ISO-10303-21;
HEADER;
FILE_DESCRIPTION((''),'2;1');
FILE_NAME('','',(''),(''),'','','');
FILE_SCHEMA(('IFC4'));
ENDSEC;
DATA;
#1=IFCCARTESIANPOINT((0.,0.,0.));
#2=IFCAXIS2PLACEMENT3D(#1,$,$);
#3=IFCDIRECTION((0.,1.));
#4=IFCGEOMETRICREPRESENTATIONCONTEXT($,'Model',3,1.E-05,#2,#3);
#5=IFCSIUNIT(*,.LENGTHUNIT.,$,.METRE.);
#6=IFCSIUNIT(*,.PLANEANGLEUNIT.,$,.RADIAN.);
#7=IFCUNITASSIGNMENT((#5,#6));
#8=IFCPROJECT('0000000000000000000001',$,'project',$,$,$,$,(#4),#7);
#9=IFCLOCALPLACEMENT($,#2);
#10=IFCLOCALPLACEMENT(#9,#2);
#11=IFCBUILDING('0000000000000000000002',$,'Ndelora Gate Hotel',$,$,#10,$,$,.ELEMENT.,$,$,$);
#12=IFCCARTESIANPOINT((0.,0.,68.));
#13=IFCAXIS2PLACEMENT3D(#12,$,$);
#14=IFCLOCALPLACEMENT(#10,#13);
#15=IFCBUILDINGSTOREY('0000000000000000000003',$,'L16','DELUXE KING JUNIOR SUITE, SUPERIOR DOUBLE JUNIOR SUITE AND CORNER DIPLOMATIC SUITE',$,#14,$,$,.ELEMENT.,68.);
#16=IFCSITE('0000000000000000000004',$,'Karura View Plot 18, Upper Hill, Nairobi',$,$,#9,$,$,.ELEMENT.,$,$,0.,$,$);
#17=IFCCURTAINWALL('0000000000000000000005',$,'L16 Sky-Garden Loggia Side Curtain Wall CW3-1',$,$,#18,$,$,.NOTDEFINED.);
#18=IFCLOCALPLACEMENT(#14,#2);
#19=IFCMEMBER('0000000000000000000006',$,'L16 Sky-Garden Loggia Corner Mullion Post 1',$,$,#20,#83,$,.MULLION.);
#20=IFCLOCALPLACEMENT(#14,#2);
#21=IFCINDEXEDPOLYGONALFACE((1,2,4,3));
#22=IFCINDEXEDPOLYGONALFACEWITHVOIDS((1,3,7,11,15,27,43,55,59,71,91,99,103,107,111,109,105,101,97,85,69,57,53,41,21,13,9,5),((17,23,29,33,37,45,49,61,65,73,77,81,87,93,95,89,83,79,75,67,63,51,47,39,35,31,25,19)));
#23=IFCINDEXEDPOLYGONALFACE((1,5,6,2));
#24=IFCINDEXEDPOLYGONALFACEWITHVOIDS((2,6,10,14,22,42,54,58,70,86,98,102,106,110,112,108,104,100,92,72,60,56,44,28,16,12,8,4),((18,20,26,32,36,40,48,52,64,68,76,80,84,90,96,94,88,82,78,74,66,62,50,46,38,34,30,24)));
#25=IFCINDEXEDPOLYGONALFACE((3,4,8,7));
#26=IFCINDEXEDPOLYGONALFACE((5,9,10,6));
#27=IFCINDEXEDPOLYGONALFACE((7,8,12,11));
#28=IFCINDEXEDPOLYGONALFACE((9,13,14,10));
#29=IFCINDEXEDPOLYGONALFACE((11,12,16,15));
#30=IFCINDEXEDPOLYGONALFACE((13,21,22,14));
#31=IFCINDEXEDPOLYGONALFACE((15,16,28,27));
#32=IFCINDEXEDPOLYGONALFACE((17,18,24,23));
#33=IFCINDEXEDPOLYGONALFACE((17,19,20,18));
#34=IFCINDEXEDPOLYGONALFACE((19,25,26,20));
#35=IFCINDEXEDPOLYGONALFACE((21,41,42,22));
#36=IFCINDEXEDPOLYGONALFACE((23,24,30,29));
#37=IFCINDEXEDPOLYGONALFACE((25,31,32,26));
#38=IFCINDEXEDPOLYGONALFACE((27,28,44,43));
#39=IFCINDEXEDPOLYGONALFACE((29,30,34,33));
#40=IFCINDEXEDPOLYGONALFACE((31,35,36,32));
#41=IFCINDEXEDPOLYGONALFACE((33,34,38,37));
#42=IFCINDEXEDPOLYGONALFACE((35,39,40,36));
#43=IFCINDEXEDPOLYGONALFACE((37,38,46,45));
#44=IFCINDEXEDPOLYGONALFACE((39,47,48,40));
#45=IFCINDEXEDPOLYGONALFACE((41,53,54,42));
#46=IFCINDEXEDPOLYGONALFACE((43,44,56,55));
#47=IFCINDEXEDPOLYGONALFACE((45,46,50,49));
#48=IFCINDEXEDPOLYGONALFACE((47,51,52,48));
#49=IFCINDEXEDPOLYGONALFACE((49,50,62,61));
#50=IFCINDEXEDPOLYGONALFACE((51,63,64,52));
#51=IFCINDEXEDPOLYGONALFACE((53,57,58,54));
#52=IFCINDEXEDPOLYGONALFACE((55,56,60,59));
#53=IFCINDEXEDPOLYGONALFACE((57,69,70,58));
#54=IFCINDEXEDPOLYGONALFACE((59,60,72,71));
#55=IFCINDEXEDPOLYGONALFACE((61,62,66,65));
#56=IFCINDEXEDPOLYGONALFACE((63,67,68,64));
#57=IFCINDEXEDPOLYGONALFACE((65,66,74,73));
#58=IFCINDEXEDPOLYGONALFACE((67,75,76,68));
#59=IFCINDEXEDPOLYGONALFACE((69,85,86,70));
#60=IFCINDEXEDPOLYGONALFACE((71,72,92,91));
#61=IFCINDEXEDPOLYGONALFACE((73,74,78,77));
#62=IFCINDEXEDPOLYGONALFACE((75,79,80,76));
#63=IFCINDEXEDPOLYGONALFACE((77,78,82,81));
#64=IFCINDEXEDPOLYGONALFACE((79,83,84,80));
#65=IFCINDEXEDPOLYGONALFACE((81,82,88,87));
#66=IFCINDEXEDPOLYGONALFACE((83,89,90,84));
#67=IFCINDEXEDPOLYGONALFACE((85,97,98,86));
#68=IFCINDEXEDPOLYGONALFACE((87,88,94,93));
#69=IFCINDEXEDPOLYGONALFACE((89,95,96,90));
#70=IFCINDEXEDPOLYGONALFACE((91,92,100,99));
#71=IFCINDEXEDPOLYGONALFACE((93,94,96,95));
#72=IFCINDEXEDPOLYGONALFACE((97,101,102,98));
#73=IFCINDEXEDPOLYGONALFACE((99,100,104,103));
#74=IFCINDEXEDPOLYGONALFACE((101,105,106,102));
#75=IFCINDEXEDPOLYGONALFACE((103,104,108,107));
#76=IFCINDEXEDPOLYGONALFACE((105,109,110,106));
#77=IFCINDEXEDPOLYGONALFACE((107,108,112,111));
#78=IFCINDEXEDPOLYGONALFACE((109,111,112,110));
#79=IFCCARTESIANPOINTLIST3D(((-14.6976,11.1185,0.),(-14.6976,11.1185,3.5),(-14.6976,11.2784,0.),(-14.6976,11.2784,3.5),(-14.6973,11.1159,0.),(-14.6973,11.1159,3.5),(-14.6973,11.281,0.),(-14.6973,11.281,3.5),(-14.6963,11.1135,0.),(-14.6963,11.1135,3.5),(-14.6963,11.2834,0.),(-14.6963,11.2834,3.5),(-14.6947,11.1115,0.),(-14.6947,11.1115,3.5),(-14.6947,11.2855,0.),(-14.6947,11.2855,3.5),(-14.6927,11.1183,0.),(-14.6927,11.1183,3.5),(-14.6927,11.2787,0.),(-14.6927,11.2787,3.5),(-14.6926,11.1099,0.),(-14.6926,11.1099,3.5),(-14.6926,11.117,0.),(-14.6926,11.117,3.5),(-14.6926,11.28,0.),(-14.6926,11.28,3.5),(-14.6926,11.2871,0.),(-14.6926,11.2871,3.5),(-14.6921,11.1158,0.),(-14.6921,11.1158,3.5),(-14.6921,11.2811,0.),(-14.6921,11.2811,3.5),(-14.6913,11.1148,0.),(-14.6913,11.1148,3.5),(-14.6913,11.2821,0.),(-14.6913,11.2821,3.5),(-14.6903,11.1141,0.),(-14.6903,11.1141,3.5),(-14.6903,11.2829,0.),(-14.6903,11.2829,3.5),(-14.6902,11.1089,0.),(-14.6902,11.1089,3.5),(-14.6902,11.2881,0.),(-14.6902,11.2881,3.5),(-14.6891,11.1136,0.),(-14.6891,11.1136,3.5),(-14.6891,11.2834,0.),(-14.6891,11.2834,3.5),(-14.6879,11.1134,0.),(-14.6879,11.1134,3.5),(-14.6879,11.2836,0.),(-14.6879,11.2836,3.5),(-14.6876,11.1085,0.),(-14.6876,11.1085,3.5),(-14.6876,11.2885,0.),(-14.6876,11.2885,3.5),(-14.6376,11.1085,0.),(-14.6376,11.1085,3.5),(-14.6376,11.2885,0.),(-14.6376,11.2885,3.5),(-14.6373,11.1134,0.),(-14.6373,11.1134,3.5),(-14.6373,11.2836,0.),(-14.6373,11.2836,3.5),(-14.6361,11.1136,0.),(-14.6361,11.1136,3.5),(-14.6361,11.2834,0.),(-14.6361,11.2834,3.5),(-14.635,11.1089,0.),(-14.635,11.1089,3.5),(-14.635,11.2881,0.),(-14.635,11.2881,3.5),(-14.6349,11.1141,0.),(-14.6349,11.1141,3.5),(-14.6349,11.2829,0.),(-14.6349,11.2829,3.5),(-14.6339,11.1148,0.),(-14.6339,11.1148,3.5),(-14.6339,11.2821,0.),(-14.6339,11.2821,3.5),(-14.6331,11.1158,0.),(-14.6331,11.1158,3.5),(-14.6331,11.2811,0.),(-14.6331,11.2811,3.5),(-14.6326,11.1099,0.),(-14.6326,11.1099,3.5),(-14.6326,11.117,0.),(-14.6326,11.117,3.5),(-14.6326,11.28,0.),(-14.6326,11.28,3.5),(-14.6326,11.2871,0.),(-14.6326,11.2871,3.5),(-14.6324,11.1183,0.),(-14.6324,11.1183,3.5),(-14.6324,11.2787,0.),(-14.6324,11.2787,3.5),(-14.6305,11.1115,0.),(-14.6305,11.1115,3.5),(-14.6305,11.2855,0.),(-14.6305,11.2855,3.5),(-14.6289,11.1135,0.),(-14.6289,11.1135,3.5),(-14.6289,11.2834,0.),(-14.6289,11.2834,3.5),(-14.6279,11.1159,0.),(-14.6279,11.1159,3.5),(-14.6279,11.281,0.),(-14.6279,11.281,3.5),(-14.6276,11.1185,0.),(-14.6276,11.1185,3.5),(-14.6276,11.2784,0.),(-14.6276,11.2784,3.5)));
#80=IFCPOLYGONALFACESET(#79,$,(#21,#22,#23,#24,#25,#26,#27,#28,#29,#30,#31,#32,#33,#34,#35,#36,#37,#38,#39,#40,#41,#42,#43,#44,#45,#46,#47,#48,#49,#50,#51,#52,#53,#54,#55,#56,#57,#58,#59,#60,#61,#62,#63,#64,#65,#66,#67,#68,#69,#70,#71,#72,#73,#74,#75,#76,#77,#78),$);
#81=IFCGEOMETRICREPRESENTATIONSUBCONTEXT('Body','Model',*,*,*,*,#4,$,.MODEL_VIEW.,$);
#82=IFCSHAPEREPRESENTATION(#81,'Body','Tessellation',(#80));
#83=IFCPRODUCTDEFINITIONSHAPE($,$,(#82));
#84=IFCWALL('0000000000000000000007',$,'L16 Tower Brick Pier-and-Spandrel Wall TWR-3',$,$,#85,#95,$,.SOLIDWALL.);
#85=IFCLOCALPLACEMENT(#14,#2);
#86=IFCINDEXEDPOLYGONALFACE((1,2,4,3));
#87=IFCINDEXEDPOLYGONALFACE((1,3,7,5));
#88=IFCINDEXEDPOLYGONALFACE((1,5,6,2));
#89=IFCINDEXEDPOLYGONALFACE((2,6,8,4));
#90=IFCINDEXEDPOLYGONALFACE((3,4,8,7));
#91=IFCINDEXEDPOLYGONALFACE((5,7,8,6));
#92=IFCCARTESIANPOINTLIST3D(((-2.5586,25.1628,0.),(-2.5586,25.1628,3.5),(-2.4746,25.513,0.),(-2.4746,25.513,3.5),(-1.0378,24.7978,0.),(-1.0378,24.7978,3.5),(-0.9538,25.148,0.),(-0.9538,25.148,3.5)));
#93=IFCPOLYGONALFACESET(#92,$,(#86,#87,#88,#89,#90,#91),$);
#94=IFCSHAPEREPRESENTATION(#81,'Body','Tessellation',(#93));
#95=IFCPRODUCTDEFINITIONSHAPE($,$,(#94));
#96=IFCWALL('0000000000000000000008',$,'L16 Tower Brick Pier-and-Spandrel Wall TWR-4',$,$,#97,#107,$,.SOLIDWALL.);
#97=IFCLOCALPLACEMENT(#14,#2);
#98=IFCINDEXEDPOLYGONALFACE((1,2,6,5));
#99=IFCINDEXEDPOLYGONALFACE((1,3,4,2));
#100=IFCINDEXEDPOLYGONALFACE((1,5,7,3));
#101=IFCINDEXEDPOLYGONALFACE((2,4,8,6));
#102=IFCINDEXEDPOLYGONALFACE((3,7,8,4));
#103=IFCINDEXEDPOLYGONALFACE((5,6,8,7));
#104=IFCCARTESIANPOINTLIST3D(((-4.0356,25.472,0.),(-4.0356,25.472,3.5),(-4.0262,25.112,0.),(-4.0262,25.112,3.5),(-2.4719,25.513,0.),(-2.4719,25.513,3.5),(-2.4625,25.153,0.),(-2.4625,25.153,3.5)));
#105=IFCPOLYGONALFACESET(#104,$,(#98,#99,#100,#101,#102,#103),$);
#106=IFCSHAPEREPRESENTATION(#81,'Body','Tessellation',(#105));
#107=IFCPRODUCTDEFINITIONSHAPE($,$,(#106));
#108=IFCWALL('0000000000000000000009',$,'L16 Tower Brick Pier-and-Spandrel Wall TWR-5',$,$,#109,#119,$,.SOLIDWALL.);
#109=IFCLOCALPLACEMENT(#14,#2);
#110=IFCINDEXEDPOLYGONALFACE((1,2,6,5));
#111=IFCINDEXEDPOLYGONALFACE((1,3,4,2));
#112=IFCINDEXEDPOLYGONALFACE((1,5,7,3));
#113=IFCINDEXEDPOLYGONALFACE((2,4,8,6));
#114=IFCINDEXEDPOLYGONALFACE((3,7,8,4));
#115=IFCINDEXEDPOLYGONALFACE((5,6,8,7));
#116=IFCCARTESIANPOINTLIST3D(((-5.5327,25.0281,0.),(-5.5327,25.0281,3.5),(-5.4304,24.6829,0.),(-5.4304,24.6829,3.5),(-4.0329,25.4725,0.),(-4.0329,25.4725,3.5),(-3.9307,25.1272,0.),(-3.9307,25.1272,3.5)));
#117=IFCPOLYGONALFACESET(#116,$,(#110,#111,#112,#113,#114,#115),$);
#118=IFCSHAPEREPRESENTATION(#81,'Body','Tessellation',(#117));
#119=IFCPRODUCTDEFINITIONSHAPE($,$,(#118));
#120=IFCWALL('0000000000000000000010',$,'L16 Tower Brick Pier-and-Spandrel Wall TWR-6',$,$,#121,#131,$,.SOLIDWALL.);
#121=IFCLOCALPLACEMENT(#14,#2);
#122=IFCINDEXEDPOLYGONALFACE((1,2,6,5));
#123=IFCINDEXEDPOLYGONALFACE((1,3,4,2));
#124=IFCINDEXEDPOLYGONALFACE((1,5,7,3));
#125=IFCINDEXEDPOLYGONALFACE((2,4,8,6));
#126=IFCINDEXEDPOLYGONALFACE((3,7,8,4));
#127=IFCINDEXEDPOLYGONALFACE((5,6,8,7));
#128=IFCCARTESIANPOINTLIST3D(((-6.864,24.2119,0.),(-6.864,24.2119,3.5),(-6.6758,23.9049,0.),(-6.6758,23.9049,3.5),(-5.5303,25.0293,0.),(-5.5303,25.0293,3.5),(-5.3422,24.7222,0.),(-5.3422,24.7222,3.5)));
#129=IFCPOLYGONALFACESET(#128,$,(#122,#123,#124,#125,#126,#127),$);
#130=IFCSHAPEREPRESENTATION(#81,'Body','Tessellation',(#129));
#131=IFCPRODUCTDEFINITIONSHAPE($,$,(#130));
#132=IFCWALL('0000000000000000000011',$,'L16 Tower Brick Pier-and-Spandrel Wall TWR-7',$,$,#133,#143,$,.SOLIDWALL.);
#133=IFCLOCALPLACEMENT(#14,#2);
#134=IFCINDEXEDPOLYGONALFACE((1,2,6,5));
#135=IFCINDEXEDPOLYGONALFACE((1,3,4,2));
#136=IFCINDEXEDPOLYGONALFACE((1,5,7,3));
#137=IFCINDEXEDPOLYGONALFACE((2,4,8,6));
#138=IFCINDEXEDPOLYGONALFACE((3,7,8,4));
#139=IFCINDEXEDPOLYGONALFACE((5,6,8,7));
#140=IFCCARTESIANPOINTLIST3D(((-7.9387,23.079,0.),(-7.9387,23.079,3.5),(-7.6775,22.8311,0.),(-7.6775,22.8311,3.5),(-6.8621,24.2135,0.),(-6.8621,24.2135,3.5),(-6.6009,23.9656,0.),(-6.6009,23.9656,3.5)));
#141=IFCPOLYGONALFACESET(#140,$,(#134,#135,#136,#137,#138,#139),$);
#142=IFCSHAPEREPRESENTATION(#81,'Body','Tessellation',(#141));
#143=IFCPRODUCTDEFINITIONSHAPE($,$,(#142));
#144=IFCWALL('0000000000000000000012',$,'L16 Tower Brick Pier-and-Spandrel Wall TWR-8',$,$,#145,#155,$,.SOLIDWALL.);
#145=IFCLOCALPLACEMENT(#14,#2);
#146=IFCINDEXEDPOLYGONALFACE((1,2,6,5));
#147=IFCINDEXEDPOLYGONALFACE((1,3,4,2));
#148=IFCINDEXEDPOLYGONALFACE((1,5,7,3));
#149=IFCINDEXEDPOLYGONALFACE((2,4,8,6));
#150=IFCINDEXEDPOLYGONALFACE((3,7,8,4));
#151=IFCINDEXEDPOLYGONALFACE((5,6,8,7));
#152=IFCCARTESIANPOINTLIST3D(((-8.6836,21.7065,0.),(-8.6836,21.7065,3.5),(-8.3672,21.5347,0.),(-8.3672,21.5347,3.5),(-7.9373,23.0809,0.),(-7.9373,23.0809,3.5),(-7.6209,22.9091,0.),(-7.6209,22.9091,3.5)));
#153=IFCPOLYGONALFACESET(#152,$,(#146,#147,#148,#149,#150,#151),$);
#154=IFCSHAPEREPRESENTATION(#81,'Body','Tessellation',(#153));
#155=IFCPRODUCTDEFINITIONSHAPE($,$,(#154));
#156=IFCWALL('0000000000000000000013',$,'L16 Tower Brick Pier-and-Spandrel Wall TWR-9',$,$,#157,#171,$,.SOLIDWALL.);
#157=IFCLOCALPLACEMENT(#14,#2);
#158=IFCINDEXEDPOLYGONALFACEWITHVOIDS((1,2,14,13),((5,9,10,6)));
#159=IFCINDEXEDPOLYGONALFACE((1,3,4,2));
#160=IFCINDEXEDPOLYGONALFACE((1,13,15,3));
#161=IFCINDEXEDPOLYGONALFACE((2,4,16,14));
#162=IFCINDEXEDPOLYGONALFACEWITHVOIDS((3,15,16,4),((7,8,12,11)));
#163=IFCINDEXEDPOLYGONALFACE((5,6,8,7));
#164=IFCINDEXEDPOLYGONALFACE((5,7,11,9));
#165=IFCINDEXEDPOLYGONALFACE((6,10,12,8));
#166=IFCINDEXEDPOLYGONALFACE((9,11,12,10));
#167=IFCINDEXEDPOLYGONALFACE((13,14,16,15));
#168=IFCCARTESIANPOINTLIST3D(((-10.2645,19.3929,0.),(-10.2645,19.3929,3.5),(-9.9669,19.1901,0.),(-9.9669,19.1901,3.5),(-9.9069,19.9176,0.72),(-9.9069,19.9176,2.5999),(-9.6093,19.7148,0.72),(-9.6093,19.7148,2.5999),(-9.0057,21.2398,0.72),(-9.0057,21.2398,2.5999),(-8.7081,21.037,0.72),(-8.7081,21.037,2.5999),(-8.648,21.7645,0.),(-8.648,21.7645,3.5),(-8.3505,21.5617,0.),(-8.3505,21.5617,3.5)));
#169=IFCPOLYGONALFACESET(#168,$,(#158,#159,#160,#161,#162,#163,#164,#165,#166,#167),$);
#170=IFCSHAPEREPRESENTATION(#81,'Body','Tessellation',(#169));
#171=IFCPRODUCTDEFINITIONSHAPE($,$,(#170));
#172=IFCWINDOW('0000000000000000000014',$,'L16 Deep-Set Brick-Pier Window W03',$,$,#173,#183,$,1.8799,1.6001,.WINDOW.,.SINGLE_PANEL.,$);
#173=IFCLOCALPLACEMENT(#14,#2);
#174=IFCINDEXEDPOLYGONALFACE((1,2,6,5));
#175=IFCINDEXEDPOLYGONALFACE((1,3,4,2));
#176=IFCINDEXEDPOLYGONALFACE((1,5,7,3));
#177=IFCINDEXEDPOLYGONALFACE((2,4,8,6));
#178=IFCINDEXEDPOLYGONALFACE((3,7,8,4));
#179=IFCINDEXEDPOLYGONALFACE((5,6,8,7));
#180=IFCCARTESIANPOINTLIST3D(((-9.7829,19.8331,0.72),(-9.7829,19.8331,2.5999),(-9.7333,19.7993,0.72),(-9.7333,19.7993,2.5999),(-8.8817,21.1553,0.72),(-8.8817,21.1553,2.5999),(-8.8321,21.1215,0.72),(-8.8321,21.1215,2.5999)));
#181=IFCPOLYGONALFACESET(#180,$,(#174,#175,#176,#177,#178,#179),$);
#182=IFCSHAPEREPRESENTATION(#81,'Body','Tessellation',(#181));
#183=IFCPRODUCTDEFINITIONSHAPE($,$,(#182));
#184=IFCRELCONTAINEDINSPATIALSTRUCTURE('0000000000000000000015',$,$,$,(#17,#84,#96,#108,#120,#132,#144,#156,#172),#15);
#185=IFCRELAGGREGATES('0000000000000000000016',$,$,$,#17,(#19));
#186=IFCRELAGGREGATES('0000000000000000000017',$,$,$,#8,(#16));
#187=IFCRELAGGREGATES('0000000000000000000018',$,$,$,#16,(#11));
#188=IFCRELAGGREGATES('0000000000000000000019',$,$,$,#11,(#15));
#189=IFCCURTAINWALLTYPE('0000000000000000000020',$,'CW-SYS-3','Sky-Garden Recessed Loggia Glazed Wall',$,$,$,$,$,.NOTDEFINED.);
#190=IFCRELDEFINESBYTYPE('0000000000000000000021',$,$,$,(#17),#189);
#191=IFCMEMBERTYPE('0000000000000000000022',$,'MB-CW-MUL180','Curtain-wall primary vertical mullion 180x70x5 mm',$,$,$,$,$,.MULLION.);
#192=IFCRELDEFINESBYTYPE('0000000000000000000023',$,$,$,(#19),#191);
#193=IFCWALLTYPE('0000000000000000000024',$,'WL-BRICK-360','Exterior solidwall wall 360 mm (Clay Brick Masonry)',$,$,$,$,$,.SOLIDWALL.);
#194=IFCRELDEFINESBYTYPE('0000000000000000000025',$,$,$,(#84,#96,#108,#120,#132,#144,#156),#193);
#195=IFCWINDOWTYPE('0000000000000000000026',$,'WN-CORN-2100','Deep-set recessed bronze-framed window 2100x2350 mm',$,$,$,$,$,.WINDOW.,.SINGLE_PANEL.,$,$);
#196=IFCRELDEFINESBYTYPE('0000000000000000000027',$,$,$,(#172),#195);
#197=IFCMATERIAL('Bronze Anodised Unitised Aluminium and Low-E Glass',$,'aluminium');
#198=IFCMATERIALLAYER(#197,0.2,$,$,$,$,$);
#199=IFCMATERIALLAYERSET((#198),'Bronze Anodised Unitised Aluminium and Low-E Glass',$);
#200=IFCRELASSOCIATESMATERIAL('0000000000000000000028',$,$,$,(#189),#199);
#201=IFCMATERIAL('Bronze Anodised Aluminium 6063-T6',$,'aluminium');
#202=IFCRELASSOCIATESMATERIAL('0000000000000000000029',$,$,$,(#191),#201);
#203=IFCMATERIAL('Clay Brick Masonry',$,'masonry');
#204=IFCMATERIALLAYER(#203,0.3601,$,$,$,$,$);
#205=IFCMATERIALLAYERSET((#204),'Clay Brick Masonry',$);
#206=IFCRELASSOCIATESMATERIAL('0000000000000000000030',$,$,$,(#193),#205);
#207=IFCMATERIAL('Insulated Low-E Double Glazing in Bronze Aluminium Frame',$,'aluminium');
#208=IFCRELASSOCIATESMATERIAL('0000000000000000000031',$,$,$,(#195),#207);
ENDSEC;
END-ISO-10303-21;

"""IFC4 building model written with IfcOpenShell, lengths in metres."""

from ifc_helpers import new_model, si_unit, direction, frame, frame_2d, origin, origin_2d, place, context, subcontext, project, spatial, rectangle, hollow_rectangle, extrude, material, layer, layer_set, material_profile, profile_set, type_object, element, fill, aggregate, save


model = new_model("IFC4")

# Units and contexts
model_context = context("Model", 3, precision=1e-05, world=origin(), true_north=direction((0.0, 1.0)))
body_context = subcontext(model_context, "Body", "Model", "MODEL_VIEW")
ifc_project = project(units=[si_unit("LENGTHUNIT", "METRE"), si_unit("PLANEANGLEUNIT", "RADIAN")], contexts=[model_context])

# Site, building, storey
site_placement = place(None, origin())
site = spatial("IfcSite", under=ifc_project, at=site_placement, Name="Karura View Plot 18, Upper Hill, Nairobi", CompositionType="ELEMENT", RefElevation=0.0)
building_placement = place(site_placement, origin())
building = spatial("IfcBuilding", under=site, at=building_placement, Name="Ndelora Gate Hotel", CompositionType="ELEMENT")
storey_placement = place(building_placement, frame((0.0, 0.0, 68.0)))
storey = spatial("IfcBuildingStorey", under=building, at=storey_placement, Name="L16", Description="DELUXE KING JUNIOR SUITE, SUPERIOR DOUBLE JUNIOR SUITE AND CORNER DIPLOMATIC SUITE", CompositionType="ELEMENT", Elevation=68.0)

# Curtain wall, member
ifc_material_1 = material(Name="Bronze Anodised Unitised Aluminium and Low-E Glass", Category="aluminium")
ifc_layer_1 = layer(ifc_material_1, 0.2)
ifc_layer_set_1 = layer_set([ifc_layer_1], Name="Bronze Anodised Unitised Aluminium and Low-E Glass")
curtain_wall_type = type_object("IfcCurtainWallType", Name="CW-SYS-3", Description="Sky-Garden Recessed Loggia Glazed Wall", PredefinedType="NOTDEFINED", material=ifc_layer_set_1)
curtain_wall_placement = place(storey_placement, origin())
curtain_wall = element("IfcCurtainWall", 1, at=curtain_wall_placement, inside=storey, type_object=curtain_wall_type, Name="L16 Sky-Garden Loggia Side Curtain Wall CW3-1", PredefinedType="NOTDEFINED")
ifc_material_2 = material(Name="Bronze Anodised Aluminium 6063-T6", Category="aluminium")
ifc_material_profile_1 = material_profile(ifc_material_2, hollow_rectangle(XDim=0.0701, YDim=0.1799, WallThickness=0.0049, InnerFilletRadius=0.0049, OuterFilletRadius=0.01, at=origin_2d()), Name="ALU 180x70x5")
ifc_profile_set_1 = profile_set([ifc_material_profile_1], Name="Bronze Anodised Aluminium 6063-T6")
member_type_1 = type_object("IfcMemberType", Name="MB-CW-MUL180", Description="Curtain-wall primary vertical mullion 180x70x5 mm", PredefinedType="MULLION", material=ifc_profile_set_1)
member_1_placement = place(storey_placement, frame((-14.6626, 11.1985, 0.0), z_axis=(0.0, 0.0, 1.0), x_axis=(1.0, 0.0, 0.0)))
member_1 = element("IfcMember", 2, at=member_1_placement, type_object=member_type_1, Name="L16 Sky-Garden Loggia Corner Mullion Post 1", PredefinedType="MULLION", context=body_context, shape_type="SweptSolid", body=[
    extrude(hollow_rectangle(XDim=0.0701, YDim=0.1799, WallThickness=0.0049, InnerFilletRadius=0.0049, OuterFilletRadius=0.01, at=origin_2d()), origin(), (0.0, 0.0, 1.0), 3.5),
])
aggregate(curtain_wall, [member_1])

# Walls
ifc_material_3 = material(Name="Clay Brick Masonry", Category="masonry")
ifc_layer_2 = layer(ifc_material_3, 0.3601)
ifc_layer_set_2 = layer_set([ifc_layer_2], Name="Clay Brick Masonry")
wall_type_1 = type_object("IfcWallType", Name="WL-BRICK-360", Description="Exterior solidwall wall 360 mm (Clay Brick Masonry)", PredefinedType="SOLIDWALL", material=ifc_layer_set_2)
wall_1_placement = place(storey_placement, frame((-2.5166, 25.3379, 0.0), z_axis=(0.0, 0.0, 1.0), x_axis=(0.972386, -0.233379, 0.0)))
element("IfcWall", 3, at=wall_1_placement, inside=storey, type_object=wall_type_1, Name="L16 Tower Brick Pier-and-Spandrel Wall TWR-3", PredefinedType="SOLIDWALL", context=body_context, shape_type="SweptSolid", body=[
    extrude(rectangle(XDim=1.564, YDim=0.3601, at=frame_2d((0.782, 0.0))), origin(), (0.0, 0.0, 1.0), 3.5),
])
for number, where, z_axis, x_axis, name in (
    (4, (-4.031, 25.292, 0.0), (0.0, 0.0, 1.0), (0.999656, 0.02622, 0.0), "L16 Tower Brick Pier-and-Spandrel Wall TWR-4"),
    (5, (-5.4817, 24.8555, 0.0), (0.0, 0.0, 1.0), (0.958804, 0.284067, 0.0), "L16 Tower Brick Pier-and-Spandrel Wall TWR-5"),
    (6, (-6.77, 24.0583, 0.0), (0.0, 0.0, 1.0), (0.852621, 0.522529, 0.0), "L16 Tower Brick Pier-and-Spandrel Wall TWR-6"),
):
    element("IfcWall", number, at=place(storey_placement, frame(where, z_axis=z_axis, x_axis=x_axis)), inside=storey, type_object=wall_type_1, Name=name, PredefinedType="SOLIDWALL", context=body_context, shape_type="SweptSolid", body=[
        extrude(rectangle(XDim=1.5642, YDim=0.3601, at=frame_2d((0.7822, 0.0))), origin(), (0.0, 0.0, 1.0), 3.5),
    ])
for number, where, z_axis, x_axis, name in (
    (7, (-7.8081, 22.9551, 0.0), (0.0, 0.0, 1.0), (0.688368, 0.725362, 0.0), "L16 Tower Brick Pier-and-Spandrel Wall TWR-7"),
    (8, (-8.5254, 21.6206, 0.0), (0.0, 0.0, 1.0), (0.477178, 0.878807, 0.0), "L16 Tower Brick Pier-and-Spandrel Wall TWR-8"),
):
    element("IfcWall", number, at=place(storey_placement, frame(where, z_axis=z_axis, x_axis=x_axis)), inside=storey, type_object=wall_type_1, Name=name, PredefinedType="SOLIDWALL", context=body_context, shape_type="SweptSolid", body=[
        extrude(rectangle(XDim=1.564, YDim=0.3601, at=frame_2d((0.782, 0.0))), origin(), (0.0, 0.0, 1.0), 3.5),
    ])

# Wall, opening, window
wall_2_placement = place(storey_placement, frame((-10.1157, 19.2915, 0.0), z_axis=(0.0, 0.0, 1.0), x_axis=(0.56321, 0.826314, 0.0)))
wall_2 = element("IfcWall", 9, at=wall_2_placement, inside=storey, type_object=wall_type_1, Name="L16 Tower Brick Pier-and-Spandrel Wall TWR-9", PredefinedType="SOLIDWALL", context=body_context, shape_type="SweptSolid", body=[
    extrude(rectangle(XDim=2.8701, YDim=0.3601, at=frame_2d((1.4351, 0.0))), origin(), (0.0, 0.0, 1.0), 3.5),
])
opening_1_placement = place(wall_2_placement, frame((0.635, 0.0, 0.72)))
opening_1 = element("IfcOpeningElement", 10, at=opening_1_placement, cuts=wall_2, PredefinedType="OPENING", context=body_context, shape_type="SweptSolid", body=[
    extrude(rectangle(XDim=1.6001, YDim=1.8799, at=frame_2d((0.8, 0.9399))), frame((0.0, 0.1899, 0.0), z_axis=(0.0, -1.0, 0.0), x_axis=(1.0, 0.0, 0.0)), (0.0, 0.0, 1.0), 0.3801),
])
ifc_material_4 = material(Name="Insulated Low-E Double Glazing in Bronze Aluminium Frame", Category="aluminium")
window_type_1 = type_object("IfcWindowType", Name="WN-CORN-2100", Description="Deep-set recessed bronze-framed window 2100x2350 mm", PartitioningType="SINGLE_PANEL", PredefinedType="WINDOW", material=ifc_material_4)
window_1_placement = place(opening_1_placement, origin())
window_1 = element("IfcWindow", 11, at=window_1_placement, inside=storey, type_object=window_type_1, Name="L16 Deep-Set Brick-Pier Window W03", OverallHeight=1.8799, OverallWidth=1.6001, PartitioningType="SINGLE_PANEL", PredefinedType="WINDOW", context=body_context, shape_type="SweptSolid", body=[
    extrude(rectangle(XDim=1.6001, YDim=1.8799, at=frame_2d((0.8, 0.9399))), frame((0.0, 0.03, 0.0), z_axis=(0.0, -1.0, 0.0), x_axis=(1.0, 0.0, 0.0)), (0.0, 0.0, 1.0), 0.0601),
])
fill(opening_1, window_1)

save(model, "model.ifc")
